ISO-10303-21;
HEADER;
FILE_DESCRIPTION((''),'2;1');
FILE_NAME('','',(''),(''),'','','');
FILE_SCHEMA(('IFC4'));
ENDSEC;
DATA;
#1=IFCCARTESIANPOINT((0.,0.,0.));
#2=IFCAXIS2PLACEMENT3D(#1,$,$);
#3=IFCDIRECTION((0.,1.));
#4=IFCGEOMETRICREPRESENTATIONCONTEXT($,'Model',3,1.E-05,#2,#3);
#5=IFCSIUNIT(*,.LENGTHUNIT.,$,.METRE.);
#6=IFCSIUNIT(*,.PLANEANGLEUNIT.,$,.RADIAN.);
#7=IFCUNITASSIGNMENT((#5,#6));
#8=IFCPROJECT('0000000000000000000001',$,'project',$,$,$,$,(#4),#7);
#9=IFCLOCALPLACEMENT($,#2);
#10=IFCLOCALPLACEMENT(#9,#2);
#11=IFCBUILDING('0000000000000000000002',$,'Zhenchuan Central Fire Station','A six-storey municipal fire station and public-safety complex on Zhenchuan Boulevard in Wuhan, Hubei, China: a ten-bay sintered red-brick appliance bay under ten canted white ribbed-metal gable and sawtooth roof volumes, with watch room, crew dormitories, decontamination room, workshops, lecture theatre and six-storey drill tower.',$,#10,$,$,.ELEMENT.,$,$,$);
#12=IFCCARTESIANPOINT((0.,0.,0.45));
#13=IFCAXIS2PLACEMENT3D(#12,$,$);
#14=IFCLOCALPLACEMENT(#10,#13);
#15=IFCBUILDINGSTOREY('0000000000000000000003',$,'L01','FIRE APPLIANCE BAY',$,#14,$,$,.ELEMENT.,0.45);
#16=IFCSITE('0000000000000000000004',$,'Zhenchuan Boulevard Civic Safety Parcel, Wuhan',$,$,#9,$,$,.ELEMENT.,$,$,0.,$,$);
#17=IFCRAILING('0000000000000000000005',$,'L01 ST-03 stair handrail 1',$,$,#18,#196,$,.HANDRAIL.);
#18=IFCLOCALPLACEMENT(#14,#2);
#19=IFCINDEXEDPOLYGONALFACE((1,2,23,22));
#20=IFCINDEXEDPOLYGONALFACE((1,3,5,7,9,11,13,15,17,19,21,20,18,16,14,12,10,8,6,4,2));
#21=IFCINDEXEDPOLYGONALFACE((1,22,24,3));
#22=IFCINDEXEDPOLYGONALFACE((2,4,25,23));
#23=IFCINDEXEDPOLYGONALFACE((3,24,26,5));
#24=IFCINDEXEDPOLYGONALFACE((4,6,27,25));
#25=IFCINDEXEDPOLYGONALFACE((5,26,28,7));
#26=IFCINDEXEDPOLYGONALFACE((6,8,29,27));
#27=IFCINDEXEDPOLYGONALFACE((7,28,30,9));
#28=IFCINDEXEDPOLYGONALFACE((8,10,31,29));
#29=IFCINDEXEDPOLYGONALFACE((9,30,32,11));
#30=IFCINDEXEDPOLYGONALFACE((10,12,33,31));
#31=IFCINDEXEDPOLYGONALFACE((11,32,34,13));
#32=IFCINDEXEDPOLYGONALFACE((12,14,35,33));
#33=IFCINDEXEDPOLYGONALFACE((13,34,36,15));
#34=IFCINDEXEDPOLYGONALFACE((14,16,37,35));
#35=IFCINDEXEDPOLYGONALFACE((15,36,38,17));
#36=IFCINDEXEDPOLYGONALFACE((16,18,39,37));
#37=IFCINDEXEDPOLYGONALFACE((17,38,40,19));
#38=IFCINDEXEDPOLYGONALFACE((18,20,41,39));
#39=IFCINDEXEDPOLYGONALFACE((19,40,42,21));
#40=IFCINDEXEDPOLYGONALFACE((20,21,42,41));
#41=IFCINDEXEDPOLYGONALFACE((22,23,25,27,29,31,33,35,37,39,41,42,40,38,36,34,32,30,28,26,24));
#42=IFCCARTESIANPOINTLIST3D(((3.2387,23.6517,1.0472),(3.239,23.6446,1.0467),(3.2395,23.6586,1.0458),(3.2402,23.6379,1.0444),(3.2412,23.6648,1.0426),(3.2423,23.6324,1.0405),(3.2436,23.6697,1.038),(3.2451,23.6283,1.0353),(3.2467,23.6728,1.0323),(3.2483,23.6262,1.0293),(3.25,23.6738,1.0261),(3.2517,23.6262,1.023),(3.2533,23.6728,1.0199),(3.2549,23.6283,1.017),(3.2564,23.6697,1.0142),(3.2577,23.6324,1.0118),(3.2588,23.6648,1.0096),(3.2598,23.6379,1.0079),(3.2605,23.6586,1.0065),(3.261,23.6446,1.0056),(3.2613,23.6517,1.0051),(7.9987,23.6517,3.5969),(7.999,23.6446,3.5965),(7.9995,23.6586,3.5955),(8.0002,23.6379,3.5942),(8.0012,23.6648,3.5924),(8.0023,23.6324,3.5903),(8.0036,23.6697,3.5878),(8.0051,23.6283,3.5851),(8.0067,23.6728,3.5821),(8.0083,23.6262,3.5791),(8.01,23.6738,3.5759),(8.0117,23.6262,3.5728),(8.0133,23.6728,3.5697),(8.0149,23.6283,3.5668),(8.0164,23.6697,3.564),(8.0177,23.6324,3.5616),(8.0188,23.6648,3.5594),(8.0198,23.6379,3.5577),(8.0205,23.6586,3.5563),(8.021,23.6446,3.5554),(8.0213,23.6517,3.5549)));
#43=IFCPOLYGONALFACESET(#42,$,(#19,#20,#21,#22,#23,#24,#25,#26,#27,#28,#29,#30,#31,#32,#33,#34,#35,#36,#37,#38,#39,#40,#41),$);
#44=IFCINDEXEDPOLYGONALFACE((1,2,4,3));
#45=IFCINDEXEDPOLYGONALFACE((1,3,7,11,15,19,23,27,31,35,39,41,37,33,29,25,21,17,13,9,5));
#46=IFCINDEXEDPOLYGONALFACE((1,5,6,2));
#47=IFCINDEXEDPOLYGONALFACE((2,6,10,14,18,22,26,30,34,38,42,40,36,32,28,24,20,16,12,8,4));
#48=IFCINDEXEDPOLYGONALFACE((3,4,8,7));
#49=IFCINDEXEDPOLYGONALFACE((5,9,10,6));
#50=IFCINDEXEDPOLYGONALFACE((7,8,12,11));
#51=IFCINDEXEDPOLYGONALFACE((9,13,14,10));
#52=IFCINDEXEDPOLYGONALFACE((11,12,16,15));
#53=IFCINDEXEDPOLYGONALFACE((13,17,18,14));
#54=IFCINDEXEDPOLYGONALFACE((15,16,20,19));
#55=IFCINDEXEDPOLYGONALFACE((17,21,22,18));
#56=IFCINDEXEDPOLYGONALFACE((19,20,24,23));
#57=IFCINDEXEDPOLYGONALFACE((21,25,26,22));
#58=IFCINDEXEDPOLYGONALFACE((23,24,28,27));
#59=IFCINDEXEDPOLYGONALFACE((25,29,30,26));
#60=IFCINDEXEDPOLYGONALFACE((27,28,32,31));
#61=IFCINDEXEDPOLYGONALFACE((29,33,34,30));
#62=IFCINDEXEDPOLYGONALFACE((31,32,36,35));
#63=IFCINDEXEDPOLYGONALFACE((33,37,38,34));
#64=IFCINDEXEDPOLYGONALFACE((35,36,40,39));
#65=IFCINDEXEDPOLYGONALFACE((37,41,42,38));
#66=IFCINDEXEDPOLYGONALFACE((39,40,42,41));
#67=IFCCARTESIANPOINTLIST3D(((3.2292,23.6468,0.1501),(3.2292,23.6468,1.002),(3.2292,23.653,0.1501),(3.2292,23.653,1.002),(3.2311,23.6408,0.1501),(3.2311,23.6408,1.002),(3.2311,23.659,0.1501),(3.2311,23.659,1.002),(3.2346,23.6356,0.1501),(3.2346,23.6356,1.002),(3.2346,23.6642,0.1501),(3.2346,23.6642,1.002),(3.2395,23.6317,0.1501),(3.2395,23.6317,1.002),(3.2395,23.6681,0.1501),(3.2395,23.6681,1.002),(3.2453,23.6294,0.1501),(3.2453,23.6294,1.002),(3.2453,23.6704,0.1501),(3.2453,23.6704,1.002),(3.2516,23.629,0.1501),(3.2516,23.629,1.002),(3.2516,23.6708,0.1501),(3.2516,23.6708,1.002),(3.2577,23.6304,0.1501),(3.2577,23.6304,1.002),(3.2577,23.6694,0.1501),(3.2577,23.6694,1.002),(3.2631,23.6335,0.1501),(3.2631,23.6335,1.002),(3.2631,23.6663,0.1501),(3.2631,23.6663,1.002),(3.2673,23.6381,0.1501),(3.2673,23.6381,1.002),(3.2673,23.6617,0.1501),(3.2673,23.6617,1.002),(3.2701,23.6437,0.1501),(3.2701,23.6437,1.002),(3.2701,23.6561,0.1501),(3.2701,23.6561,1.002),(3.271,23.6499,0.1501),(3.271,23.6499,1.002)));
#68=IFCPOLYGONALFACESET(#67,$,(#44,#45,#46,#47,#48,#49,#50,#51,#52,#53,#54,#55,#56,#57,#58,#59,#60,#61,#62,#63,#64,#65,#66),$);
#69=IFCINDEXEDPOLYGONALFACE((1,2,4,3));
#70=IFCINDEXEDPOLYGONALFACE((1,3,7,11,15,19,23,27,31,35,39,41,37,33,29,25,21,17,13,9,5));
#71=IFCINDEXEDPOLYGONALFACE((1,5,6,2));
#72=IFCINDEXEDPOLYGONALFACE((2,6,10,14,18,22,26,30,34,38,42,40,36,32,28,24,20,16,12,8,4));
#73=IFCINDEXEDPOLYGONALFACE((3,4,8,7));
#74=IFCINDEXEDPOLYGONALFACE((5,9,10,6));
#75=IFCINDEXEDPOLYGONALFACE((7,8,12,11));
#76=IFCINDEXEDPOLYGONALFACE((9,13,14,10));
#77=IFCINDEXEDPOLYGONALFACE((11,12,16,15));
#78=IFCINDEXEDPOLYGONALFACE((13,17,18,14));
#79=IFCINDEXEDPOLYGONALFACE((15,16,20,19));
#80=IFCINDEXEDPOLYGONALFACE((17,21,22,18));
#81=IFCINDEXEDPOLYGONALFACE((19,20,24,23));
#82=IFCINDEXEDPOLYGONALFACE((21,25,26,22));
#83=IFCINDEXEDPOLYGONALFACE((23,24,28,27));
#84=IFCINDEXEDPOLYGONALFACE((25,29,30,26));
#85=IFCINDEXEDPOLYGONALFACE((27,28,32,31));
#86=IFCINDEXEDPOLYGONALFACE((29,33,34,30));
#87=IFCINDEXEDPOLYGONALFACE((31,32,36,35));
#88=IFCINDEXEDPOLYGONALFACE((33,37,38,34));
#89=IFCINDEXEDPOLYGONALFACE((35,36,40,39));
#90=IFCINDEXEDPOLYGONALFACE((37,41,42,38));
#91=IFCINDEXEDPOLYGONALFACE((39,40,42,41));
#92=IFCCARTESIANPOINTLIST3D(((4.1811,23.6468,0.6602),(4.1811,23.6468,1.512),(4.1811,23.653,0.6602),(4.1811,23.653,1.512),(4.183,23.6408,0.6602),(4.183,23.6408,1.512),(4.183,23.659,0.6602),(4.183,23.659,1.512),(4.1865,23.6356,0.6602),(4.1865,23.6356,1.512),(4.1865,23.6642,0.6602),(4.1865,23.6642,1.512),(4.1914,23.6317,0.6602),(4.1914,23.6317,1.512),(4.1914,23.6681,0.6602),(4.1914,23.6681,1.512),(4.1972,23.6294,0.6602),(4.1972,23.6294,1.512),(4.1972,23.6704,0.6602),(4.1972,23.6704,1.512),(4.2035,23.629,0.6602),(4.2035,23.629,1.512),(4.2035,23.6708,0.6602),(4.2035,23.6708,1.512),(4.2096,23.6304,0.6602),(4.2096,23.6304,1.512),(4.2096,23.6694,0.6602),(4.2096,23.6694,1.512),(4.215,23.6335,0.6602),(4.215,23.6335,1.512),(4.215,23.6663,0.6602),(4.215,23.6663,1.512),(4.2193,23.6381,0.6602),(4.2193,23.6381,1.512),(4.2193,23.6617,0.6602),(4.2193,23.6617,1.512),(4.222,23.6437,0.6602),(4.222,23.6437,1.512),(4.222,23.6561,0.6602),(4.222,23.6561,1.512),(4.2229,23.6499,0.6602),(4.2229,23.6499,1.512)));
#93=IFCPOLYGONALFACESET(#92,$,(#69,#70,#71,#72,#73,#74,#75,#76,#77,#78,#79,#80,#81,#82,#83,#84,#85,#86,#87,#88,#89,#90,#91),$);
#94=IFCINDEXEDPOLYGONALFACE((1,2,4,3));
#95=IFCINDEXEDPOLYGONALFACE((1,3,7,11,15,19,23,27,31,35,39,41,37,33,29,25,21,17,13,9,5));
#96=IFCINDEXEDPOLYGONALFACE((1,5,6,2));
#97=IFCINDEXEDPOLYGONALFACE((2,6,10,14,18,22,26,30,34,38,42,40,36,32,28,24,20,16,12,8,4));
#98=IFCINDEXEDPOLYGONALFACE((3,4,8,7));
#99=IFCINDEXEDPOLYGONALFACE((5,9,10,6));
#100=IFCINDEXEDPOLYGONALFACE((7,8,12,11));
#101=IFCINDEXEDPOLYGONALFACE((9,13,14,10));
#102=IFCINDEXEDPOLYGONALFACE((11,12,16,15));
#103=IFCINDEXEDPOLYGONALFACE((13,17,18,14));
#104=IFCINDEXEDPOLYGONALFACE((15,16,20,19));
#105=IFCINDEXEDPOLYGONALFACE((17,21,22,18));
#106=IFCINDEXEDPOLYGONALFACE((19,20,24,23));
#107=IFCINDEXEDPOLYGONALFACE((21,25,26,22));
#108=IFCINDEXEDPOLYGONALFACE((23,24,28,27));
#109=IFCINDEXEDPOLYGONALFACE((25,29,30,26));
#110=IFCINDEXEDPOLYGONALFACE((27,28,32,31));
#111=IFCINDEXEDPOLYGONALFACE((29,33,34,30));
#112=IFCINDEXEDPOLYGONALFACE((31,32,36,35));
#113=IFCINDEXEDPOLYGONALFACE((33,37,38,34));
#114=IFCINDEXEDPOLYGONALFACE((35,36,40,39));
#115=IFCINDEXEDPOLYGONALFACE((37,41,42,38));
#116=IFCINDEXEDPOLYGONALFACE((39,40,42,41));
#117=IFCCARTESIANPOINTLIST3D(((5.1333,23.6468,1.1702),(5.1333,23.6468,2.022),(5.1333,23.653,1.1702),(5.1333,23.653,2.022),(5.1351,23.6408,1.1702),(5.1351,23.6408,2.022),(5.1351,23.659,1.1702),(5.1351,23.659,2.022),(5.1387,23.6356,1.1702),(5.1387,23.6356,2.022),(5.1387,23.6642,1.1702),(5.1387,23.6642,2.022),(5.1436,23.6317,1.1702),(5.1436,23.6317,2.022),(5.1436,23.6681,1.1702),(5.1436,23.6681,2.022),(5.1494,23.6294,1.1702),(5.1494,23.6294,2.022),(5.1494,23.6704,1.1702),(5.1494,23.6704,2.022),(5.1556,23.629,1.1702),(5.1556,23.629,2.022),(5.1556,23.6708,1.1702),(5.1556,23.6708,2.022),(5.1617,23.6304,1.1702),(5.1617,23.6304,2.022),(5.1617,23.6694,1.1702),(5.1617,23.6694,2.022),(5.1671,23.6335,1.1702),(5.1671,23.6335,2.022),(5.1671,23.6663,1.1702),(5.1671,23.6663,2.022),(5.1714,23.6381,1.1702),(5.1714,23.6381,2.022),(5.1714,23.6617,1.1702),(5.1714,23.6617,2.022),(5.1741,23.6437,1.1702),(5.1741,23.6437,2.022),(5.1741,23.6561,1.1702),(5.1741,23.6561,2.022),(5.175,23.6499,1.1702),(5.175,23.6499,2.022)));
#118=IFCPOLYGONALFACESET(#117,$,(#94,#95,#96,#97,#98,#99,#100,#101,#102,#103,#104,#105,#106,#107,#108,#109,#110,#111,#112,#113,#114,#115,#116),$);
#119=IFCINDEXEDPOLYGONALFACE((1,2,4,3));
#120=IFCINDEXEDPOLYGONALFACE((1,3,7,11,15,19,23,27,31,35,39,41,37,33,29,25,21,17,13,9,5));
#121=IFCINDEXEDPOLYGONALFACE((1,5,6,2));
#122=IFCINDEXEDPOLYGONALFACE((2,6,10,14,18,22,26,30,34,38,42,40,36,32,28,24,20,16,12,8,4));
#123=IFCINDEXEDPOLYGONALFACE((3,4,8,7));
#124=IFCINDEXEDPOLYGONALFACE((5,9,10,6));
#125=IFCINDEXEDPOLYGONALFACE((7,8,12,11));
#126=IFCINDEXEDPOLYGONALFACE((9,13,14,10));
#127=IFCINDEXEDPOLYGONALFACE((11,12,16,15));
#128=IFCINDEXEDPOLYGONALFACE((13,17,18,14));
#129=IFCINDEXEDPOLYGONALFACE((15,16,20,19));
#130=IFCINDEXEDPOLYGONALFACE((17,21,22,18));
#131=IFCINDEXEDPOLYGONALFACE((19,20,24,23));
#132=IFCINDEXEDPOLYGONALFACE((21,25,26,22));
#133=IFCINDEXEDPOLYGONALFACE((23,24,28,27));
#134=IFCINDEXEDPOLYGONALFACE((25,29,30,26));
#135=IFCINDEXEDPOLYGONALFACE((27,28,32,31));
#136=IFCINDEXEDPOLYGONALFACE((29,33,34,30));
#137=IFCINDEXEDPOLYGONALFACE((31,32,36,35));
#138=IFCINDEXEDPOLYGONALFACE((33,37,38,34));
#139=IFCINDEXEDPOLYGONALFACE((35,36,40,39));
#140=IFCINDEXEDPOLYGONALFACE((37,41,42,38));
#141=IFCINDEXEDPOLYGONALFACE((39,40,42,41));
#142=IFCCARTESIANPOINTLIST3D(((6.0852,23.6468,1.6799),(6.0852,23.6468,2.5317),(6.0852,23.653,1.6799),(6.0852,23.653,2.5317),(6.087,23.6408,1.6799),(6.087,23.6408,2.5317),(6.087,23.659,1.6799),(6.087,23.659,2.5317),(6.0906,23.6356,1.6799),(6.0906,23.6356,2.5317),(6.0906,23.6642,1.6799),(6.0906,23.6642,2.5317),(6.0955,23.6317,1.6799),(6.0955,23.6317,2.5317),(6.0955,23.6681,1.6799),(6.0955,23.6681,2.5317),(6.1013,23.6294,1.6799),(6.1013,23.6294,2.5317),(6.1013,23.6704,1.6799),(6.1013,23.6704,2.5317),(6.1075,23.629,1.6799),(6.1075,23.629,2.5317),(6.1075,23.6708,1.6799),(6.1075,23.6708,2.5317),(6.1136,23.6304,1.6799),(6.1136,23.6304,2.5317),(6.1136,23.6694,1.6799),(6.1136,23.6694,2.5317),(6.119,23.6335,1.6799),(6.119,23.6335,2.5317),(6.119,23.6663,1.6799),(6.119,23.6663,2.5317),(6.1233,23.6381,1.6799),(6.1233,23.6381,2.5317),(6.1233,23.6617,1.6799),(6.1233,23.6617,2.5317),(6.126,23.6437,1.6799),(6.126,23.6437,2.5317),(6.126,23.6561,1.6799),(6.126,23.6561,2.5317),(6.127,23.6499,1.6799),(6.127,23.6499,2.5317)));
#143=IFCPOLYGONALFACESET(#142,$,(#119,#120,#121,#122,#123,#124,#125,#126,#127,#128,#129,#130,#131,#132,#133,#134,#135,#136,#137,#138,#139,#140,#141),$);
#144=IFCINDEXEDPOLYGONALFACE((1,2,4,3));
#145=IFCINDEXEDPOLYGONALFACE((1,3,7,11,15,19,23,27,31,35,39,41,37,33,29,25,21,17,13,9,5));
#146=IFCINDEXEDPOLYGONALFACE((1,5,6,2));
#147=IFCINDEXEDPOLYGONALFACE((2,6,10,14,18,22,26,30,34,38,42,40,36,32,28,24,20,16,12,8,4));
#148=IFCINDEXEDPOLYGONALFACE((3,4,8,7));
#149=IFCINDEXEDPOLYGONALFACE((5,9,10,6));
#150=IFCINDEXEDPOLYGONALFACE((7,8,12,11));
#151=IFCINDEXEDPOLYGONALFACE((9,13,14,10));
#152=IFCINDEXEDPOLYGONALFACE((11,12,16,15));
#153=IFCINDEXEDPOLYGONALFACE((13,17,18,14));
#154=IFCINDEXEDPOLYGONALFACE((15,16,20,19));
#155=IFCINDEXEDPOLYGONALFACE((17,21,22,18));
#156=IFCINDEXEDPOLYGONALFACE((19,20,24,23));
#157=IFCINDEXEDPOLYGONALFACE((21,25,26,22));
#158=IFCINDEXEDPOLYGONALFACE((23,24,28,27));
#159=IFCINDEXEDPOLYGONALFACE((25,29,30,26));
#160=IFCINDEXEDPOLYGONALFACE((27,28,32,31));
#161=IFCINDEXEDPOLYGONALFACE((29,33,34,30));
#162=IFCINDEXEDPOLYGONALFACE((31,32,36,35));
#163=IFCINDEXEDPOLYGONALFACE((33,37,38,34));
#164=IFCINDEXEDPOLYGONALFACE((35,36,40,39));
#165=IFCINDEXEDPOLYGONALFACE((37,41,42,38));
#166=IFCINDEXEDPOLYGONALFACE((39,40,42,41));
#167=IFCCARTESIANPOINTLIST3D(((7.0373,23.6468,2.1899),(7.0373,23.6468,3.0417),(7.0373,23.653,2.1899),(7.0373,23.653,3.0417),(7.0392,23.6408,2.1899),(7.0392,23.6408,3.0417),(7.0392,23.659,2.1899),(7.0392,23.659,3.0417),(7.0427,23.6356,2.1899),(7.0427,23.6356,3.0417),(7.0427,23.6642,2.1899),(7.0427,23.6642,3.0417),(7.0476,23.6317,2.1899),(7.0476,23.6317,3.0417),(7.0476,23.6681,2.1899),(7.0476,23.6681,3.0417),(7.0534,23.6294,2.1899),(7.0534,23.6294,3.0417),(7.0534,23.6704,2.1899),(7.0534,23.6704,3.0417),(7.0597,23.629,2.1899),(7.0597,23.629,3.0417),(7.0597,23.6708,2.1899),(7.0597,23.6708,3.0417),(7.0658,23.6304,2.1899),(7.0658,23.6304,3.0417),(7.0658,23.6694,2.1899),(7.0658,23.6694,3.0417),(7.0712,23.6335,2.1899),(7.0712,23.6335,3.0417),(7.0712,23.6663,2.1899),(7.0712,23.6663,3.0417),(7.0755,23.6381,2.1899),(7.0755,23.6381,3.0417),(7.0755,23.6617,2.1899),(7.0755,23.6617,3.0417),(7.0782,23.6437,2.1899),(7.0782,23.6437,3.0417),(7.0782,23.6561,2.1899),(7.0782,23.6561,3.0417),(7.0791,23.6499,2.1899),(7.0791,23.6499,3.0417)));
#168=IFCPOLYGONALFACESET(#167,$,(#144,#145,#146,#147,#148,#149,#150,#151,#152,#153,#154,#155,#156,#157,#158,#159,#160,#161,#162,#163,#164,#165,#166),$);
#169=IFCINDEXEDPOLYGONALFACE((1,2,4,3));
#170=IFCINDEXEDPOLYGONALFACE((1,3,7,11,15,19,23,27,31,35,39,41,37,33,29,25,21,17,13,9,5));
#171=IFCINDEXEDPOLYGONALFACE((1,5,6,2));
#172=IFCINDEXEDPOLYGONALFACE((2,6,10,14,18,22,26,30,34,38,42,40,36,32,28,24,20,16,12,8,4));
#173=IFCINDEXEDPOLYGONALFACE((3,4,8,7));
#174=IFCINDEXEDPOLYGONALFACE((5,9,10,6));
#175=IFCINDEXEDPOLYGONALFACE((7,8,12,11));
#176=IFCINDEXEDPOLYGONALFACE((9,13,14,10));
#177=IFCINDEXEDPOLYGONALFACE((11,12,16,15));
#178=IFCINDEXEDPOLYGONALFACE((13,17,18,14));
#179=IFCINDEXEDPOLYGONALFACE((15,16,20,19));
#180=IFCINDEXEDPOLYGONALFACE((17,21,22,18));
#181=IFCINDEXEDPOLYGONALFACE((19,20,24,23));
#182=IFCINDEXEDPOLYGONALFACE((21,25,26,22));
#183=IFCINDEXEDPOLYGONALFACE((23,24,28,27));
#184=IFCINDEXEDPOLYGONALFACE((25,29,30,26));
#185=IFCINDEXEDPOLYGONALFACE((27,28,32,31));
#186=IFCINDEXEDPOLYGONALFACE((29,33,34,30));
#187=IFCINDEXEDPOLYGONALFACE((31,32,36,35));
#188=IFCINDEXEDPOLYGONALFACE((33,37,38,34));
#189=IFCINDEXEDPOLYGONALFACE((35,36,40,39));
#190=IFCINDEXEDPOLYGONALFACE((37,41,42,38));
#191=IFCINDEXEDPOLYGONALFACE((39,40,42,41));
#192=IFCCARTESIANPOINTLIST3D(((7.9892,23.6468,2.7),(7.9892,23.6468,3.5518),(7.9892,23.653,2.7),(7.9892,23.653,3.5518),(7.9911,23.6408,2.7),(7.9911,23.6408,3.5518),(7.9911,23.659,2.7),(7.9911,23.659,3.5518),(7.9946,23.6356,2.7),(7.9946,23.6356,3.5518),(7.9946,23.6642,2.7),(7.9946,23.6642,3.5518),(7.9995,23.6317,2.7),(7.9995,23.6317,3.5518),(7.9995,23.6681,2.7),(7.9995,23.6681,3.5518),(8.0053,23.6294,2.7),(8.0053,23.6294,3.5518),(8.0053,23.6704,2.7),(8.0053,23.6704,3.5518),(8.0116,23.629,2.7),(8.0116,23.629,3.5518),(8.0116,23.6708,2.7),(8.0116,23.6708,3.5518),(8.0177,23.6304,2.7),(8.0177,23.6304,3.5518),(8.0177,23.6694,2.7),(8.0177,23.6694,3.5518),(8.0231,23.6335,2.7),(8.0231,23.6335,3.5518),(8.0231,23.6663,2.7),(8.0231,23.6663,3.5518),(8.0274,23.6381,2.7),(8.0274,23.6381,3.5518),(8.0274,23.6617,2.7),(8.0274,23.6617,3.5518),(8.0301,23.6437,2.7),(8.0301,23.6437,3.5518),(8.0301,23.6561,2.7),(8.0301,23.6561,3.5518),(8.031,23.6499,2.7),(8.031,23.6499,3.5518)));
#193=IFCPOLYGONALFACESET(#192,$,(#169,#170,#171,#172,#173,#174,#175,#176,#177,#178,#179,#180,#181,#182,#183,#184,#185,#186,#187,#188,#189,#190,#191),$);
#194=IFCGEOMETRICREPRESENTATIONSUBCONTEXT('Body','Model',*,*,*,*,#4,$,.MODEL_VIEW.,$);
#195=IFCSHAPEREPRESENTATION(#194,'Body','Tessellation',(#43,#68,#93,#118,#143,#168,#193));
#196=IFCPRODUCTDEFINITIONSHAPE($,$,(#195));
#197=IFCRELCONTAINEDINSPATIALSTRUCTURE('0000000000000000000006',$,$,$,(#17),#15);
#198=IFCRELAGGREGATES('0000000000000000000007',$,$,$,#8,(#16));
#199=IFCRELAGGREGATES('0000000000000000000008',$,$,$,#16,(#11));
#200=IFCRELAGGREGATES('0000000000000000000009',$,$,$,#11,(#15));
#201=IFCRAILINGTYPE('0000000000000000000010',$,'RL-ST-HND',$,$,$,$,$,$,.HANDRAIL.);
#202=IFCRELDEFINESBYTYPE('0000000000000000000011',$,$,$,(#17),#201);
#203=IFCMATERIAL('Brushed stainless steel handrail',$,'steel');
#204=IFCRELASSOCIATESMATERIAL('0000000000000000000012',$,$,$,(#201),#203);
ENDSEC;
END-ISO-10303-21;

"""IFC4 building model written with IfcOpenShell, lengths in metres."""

from ifc_helpers import new_model, si_unit, direction, frame, origin, origin_2d, place, context, subcontext, project, spatial, circle, extrude, material, type_object, element, save


model = new_model("IFC4")

# Units and contexts
model_context = context("Model", 3, precision=1e-05, world=origin(), true_north=direction((0.0, 1.0)))
body_context = subcontext(model_context, "Body", "Model", "MODEL_VIEW")
ifc_project = project(units=[si_unit("LENGTHUNIT", "METRE"), si_unit("PLANEANGLEUNIT", "RADIAN")], contexts=[model_context])

# Site, building, storey
site_placement = place(None, origin())
site = spatial("IfcSite", under=ifc_project, at=site_placement, Name="Zhenchuan Boulevard Civic Safety Parcel, Wuhan", CompositionType="ELEMENT", RefElevation=0.0)
building_placement = place(site_placement, origin())
building = spatial("IfcBuilding", under=site, at=building_placement, Name="Zhenchuan Central Fire Station", Description="A six-storey municipal fire station and public-safety complex on Zhenchuan Boulevard in Wuhan, Hubei, China: a ten-bay sintered red-brick appliance bay under ten canted white ribbed-metal gable and sawtooth roof volumes, with watch room, crew dormitories, decontamination room, workshops, lecture theatre and six-storey drill tower.", CompositionType="ELEMENT")
storey_placement = place(building_placement, frame((0.0, 0.0, 0.45)))
storey = spatial("IfcBuildingStorey", under=building, at=storey_placement, Name="L01", Description="FIRE APPLIANCE BAY", CompositionType="ELEMENT", Elevation=0.45)

# Railing
ifc_material_1 = material(Name="Brushed stainless steel handrail", Category="steel")
railing_type_1 = type_object("IfcRailingType", Name="RL-ST-HND", PredefinedType="HANDRAIL", material=ifc_material_1)
railing_1_placement = place(storey_placement, frame((3.25, 23.6499, 0.1501)))
element("IfcRailing", 1, at=railing_1_placement, inside=storey, type_object=railing_type_1, Name="L01 ST-03 stair handrail 1", PredefinedType="HANDRAIL", context=body_context, shape_type="SweptSolid", body=[
    extrude(circle(Radius=0.0239, at=origin_2d()), frame((0.0, 0.0, 0.876), z_axis=(0.881495, 0.0, 0.472193), x_axis=(0.0, 1.0, 0.0)), (0.0, 0.0, 1.0), 5.3999),
    extrude(circle(Radius=0.021, at=origin_2d()), origin(), (0.0, 0.0, 1.0), 0.8518),
    extrude(circle(Radius=0.021, at=origin_2d()), frame((0.9519, 0.0, 0.51)), (0.0, 0.0, 1.0), 0.8518),
    extrude(circle(Radius=0.021, at=origin_2d()), frame((1.9041, 0.0, 1.02)), (0.0, 0.0, 1.0), 0.8518),
    extrude(circle(Radius=0.021, at=origin_2d()), frame((2.856, 0.0, 1.5298)), (0.0, 0.0, 1.0), 0.8518),
    extrude(circle(Radius=0.021, at=origin_2d()), frame((3.8081, 0.0, 2.0398)), (0.0, 0.0, 1.0), 0.8518),
    extrude(circle(Radius=0.021, at=origin_2d()), frame((4.76, 0.0, 2.5498)), (0.0, 0.0, 1.0), 0.8518),
])

save(model, "model.ifc")
